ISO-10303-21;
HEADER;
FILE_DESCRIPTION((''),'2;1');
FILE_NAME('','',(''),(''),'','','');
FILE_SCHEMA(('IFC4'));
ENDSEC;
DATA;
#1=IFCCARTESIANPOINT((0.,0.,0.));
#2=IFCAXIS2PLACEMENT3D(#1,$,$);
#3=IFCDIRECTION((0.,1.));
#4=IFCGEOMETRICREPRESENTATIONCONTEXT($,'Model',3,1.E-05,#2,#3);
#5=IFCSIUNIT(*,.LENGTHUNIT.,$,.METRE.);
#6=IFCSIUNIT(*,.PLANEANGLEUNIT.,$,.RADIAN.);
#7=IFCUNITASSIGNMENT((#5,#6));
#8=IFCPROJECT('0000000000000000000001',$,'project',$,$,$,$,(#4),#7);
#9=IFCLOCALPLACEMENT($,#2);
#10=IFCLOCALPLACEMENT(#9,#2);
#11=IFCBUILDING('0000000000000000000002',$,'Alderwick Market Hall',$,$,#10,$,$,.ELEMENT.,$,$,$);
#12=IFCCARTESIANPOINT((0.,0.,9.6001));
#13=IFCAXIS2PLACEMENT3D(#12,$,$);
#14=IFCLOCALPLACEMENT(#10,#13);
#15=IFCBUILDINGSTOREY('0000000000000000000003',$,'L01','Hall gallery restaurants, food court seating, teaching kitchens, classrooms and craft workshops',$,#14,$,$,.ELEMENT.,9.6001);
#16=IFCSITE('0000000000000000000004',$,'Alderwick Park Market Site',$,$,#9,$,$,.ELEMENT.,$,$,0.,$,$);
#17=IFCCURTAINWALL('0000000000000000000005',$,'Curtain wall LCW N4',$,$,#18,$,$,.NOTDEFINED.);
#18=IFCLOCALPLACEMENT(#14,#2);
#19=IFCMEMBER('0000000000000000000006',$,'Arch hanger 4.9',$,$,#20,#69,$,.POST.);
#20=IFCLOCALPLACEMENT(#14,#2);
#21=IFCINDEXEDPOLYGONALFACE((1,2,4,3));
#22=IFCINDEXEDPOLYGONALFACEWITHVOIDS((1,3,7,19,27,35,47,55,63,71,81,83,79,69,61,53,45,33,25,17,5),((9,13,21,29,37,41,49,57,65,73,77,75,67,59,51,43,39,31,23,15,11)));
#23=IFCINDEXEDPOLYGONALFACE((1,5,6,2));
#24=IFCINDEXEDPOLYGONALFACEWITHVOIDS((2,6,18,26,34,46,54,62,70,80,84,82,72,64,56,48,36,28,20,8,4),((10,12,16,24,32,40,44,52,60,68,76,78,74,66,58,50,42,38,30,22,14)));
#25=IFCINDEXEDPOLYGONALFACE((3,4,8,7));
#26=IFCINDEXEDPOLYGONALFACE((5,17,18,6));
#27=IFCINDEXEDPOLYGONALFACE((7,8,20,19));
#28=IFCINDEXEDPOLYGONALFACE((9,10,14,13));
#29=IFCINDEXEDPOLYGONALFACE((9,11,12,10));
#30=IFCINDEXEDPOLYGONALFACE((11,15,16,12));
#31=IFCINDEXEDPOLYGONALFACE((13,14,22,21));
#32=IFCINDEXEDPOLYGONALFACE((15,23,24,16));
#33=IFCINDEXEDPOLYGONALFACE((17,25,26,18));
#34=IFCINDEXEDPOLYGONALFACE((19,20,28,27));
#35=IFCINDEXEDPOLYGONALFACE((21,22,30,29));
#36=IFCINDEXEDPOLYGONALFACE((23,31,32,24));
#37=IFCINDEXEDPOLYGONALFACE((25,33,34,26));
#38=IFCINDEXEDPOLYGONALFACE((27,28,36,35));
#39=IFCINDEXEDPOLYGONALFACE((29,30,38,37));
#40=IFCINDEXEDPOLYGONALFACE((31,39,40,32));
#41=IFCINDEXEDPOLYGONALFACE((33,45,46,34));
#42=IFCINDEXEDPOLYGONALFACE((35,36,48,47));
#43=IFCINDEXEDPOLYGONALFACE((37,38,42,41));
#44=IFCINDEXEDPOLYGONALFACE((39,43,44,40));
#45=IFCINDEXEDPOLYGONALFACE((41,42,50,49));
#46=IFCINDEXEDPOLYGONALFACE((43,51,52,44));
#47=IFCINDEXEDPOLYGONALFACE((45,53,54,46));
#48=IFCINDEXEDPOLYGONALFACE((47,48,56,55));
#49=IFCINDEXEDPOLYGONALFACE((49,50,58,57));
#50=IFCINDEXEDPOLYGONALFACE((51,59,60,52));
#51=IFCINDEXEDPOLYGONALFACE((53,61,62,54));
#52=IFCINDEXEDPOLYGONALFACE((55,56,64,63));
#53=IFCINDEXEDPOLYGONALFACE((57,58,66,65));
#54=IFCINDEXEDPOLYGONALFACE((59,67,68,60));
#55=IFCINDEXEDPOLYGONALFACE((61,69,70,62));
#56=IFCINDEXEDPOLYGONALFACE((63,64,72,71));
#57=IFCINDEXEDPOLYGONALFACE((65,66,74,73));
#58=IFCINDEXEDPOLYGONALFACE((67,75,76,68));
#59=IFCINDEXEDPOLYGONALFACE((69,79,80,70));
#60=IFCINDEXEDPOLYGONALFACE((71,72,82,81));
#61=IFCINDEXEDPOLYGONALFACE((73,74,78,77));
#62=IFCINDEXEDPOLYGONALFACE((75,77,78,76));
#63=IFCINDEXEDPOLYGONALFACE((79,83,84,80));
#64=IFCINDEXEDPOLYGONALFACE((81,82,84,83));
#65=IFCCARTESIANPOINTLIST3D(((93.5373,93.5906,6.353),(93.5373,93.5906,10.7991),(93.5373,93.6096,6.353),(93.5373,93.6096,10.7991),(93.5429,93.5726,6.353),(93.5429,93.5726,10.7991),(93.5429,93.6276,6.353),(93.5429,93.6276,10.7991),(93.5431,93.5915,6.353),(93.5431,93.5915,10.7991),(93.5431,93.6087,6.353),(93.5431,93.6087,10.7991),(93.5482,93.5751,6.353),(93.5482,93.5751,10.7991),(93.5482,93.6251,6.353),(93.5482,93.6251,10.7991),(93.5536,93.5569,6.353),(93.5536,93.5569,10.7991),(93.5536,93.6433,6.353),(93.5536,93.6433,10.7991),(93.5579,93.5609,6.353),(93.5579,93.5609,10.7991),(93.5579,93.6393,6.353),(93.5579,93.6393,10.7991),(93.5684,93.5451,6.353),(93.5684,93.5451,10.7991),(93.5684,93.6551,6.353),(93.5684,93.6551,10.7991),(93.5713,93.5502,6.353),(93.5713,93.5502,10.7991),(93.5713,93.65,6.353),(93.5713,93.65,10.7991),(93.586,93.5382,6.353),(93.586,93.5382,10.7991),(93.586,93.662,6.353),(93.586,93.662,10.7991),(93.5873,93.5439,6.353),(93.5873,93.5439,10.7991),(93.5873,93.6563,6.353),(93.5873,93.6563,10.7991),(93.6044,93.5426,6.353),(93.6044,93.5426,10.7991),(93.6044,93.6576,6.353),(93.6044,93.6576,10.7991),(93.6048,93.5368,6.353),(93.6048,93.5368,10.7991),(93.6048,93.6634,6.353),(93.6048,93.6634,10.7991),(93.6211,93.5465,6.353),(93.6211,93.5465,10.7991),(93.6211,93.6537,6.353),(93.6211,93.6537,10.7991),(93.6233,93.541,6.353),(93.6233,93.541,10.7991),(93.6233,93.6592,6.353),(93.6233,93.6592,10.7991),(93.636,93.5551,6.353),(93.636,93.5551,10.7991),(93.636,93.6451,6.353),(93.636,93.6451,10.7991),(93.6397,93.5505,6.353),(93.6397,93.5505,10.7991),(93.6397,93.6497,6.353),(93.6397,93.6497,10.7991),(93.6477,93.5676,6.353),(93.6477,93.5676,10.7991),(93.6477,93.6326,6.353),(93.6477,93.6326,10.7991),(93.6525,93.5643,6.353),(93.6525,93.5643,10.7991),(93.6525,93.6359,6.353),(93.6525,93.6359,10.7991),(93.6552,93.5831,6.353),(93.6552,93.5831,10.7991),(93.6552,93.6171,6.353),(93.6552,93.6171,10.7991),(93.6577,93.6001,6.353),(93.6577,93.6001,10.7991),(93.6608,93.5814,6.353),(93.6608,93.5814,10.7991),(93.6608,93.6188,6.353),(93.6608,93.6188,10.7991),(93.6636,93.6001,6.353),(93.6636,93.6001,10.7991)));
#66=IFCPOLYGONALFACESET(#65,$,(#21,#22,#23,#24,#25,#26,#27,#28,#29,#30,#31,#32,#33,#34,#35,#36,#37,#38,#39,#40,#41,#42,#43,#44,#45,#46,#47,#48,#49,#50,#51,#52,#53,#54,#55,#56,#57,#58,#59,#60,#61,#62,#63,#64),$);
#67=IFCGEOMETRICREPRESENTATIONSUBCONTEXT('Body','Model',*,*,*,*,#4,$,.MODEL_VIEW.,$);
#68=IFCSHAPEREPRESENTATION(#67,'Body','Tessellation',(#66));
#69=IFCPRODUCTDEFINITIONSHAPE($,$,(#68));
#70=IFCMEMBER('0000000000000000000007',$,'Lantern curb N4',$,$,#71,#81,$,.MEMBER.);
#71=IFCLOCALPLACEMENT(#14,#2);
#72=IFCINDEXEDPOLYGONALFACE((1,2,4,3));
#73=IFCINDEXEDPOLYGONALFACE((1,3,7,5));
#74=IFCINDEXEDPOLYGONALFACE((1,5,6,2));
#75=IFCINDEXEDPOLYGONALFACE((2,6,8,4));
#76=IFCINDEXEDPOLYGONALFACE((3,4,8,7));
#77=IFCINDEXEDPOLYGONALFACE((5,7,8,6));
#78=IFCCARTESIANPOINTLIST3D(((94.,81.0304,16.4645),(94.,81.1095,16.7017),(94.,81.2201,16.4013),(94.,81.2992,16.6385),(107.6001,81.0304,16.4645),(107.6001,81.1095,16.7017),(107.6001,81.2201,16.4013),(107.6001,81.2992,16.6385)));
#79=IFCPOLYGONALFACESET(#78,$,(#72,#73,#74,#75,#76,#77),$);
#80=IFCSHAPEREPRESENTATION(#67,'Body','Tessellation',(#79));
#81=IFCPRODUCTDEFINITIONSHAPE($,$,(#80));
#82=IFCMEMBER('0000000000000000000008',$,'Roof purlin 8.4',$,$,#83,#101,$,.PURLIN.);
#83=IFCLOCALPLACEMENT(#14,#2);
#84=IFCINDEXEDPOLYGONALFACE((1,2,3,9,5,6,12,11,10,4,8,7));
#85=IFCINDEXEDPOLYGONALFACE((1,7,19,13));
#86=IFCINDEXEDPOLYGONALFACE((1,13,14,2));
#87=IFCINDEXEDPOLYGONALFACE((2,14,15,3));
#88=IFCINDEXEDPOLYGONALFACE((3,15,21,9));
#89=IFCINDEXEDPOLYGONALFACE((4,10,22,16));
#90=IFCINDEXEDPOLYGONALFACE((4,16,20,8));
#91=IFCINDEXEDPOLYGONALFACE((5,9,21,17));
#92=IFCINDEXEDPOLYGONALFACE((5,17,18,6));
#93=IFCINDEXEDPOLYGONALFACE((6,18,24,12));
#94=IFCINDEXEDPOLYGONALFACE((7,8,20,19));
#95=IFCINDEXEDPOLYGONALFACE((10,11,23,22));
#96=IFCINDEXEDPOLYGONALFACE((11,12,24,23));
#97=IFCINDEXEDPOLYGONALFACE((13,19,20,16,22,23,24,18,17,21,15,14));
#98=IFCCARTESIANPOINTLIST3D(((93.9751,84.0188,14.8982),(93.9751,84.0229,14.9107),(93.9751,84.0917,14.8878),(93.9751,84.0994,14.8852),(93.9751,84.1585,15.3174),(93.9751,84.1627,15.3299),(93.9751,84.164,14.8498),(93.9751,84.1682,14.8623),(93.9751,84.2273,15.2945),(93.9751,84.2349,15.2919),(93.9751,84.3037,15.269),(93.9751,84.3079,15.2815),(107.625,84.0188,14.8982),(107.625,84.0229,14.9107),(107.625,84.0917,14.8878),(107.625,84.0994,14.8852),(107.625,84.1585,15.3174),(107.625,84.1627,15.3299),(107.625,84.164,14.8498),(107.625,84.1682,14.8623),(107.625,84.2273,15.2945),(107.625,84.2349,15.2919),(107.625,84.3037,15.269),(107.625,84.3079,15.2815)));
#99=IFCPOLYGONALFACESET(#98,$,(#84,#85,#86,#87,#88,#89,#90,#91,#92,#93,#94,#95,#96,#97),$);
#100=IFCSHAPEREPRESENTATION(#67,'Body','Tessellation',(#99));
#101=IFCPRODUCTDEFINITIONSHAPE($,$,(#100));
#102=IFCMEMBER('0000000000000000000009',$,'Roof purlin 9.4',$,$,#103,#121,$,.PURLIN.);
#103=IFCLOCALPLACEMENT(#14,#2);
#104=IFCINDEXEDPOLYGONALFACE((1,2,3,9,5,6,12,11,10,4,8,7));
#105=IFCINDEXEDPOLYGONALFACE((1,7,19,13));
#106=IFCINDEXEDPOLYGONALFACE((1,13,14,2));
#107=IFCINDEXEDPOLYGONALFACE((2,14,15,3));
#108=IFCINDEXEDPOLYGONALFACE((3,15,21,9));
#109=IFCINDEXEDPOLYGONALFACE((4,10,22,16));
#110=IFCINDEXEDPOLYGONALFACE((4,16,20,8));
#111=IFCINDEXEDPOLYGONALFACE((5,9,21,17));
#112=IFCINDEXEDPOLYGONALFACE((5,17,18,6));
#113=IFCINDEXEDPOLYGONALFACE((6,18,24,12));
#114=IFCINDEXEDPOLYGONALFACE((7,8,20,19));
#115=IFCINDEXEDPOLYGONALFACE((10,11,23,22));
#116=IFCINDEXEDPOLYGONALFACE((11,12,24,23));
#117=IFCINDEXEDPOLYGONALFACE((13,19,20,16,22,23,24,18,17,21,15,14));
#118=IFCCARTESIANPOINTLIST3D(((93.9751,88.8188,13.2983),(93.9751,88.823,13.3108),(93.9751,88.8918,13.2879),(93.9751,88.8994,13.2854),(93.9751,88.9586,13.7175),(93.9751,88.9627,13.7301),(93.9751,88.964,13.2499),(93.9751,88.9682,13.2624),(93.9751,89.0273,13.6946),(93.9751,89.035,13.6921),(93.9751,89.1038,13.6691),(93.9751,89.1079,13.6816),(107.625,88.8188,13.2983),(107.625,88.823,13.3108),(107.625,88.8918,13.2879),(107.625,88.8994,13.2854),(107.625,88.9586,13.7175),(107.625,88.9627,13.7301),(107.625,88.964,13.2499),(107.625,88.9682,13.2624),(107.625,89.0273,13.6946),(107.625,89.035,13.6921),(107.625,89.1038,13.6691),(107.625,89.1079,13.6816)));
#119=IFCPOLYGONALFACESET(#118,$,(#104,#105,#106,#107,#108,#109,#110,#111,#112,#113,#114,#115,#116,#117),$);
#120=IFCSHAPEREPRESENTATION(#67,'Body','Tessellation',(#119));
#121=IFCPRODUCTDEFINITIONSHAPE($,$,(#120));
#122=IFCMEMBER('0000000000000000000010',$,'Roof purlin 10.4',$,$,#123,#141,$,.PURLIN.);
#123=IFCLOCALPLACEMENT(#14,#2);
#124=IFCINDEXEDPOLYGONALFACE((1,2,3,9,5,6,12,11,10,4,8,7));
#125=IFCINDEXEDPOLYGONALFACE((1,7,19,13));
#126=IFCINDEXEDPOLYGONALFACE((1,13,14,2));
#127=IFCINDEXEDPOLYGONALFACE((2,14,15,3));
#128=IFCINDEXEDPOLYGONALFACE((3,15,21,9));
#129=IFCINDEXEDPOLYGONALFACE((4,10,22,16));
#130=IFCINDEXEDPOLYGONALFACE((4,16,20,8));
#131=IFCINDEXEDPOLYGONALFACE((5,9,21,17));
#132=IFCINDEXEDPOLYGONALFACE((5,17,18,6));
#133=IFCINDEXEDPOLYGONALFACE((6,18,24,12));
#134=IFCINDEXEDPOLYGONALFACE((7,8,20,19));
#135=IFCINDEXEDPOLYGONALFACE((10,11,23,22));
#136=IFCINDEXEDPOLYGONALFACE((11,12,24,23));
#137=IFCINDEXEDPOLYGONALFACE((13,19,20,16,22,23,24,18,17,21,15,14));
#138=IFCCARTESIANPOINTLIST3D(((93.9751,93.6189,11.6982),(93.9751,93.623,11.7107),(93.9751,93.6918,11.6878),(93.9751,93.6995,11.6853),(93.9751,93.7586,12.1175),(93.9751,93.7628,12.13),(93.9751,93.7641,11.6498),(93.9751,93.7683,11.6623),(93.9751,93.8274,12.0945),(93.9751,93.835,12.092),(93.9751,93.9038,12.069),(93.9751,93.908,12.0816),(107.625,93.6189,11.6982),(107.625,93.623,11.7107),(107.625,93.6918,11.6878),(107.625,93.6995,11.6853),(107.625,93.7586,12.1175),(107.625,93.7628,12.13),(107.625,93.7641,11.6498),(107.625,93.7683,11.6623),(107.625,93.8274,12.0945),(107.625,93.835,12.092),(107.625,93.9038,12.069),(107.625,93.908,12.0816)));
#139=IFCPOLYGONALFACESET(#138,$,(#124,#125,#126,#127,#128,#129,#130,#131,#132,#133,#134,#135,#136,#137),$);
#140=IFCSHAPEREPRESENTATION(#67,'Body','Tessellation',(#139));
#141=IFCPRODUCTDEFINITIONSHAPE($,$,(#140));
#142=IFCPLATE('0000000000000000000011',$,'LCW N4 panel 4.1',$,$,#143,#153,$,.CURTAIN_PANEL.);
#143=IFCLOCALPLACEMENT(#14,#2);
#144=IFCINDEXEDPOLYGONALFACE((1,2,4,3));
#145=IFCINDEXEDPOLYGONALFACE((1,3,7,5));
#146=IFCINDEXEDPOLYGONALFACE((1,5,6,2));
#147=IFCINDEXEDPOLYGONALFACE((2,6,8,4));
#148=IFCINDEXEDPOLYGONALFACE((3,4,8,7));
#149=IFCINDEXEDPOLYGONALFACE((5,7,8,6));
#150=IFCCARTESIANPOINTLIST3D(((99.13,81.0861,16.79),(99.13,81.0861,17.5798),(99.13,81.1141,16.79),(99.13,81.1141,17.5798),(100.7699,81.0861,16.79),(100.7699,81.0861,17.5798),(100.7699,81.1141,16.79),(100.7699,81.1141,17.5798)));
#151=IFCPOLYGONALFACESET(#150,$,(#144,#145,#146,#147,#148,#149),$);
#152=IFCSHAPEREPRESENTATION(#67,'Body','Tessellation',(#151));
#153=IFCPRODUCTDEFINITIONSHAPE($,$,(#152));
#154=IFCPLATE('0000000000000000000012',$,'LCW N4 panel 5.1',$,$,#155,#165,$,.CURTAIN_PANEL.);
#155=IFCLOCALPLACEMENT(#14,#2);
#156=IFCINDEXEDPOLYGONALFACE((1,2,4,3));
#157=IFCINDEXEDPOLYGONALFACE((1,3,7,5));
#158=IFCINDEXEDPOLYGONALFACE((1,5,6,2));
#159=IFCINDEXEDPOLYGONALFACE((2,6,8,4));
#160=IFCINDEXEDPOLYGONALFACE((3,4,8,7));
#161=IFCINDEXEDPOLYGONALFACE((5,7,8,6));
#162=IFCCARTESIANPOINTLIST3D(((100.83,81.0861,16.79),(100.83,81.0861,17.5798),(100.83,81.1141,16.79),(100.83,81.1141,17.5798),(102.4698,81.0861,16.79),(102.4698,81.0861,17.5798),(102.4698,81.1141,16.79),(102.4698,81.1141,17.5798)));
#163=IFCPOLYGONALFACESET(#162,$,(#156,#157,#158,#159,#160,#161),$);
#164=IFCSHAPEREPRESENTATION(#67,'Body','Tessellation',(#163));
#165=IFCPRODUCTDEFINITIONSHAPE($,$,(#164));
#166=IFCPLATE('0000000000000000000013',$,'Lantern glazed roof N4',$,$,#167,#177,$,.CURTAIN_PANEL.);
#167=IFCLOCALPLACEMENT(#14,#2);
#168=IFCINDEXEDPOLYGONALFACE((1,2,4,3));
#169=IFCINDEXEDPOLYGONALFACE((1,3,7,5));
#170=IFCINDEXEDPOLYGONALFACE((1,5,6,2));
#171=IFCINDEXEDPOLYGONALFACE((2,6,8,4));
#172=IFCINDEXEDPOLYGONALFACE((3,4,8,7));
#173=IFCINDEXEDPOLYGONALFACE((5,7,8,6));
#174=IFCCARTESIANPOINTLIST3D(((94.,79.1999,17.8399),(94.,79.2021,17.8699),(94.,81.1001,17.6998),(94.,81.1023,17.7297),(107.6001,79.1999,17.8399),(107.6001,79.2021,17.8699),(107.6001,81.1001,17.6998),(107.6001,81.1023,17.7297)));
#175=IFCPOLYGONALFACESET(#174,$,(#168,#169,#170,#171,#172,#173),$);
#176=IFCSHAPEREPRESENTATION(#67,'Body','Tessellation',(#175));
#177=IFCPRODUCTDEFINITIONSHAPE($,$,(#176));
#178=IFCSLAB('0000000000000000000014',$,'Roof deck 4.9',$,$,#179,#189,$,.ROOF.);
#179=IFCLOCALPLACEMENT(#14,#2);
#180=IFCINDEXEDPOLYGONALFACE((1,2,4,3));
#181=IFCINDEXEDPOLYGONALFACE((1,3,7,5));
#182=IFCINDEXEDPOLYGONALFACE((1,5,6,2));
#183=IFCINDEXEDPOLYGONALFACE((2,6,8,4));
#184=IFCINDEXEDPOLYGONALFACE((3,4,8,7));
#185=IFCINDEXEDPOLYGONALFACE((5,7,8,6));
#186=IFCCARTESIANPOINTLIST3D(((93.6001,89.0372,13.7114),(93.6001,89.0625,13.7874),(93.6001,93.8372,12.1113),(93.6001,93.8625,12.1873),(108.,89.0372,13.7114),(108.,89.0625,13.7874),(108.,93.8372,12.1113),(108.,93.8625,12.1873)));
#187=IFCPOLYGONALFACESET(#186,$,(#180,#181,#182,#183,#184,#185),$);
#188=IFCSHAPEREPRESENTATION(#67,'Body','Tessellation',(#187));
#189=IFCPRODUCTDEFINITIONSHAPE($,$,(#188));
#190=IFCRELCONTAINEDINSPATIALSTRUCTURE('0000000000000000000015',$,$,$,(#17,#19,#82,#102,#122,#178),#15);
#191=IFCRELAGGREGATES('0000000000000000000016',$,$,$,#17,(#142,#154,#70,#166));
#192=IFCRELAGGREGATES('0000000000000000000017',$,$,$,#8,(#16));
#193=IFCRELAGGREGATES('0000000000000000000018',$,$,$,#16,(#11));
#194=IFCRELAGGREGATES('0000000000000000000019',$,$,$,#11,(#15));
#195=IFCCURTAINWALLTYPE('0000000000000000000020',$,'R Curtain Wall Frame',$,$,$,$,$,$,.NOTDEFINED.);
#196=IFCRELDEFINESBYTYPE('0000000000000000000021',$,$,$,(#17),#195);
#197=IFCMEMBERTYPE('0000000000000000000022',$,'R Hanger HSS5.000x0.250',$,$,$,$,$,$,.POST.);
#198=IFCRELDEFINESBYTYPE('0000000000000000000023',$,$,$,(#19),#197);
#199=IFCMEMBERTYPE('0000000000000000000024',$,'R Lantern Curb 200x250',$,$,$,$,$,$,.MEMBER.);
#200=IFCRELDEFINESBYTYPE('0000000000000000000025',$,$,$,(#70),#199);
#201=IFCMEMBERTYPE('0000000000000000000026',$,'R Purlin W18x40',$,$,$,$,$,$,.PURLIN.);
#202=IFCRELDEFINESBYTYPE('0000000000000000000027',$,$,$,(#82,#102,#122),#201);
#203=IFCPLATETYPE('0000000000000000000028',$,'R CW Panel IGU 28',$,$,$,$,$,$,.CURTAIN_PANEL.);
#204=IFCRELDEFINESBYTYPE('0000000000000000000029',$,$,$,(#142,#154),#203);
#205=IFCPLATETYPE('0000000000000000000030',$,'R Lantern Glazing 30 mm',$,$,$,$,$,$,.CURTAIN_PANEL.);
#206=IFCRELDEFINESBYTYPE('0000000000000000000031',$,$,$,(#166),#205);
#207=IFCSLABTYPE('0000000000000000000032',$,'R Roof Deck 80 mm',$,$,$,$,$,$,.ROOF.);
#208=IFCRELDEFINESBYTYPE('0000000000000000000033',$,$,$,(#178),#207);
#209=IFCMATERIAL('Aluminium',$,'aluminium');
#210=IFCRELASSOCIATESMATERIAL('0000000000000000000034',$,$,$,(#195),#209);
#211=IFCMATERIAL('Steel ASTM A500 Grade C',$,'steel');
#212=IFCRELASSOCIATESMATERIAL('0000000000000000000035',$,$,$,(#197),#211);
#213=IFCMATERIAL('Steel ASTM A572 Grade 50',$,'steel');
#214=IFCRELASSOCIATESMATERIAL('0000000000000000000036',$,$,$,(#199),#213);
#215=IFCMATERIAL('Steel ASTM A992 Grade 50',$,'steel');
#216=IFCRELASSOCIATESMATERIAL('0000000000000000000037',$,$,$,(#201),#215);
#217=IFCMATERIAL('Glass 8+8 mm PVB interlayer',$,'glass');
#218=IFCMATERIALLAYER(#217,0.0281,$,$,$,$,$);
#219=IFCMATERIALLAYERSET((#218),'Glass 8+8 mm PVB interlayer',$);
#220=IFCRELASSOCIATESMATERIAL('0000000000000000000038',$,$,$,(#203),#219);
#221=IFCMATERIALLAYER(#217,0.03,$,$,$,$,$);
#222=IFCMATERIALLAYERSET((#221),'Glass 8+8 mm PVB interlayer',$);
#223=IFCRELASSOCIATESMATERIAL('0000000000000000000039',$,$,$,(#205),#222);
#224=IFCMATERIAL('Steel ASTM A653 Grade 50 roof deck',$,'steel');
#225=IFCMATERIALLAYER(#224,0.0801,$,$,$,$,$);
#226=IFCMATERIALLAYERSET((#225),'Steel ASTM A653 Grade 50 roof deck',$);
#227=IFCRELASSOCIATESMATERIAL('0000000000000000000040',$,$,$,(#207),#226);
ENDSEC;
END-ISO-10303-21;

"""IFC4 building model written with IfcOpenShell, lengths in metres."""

from ifc_helpers import new_model, si_unit, direction, frame, origin, origin_2d, place, context, subcontext, project, spatial, polyline, rectangle, hollow_circle, i_section, outline, extrude, material, layer, layer_set, material_profile, profile_set, type_object, element, aggregate, save


model = new_model("IFC4")

# Units and contexts
model_context = context("Model", 3, precision=1e-05, world=origin(), true_north=direction((0.0, 1.0)))
body_context = subcontext(model_context, "Body", "Model", "MODEL_VIEW")
ifc_project = project(units=[si_unit("LENGTHUNIT", "METRE"), si_unit("PLANEANGLEUNIT", "RADIAN")], contexts=[model_context])

# Site, building, storey
site_placement = place(None, origin())
site = spatial("IfcSite", under=ifc_project, at=site_placement, Name="Alderwick Park Market Site", CompositionType="ELEMENT", RefElevation=0.0)
building_placement = place(site_placement, origin())
building = spatial("IfcBuilding", under=site, at=building_placement, Name="Alderwick Market Hall", CompositionType="ELEMENT")
storey_placement = place(building_placement, frame((0.0, 0.0, 9.6001)))
storey = spatial("IfcBuildingStorey", under=building, at=storey_placement, Name="L01", Description="Hall gallery restaurants, food court seating, teaching kitchens, classrooms and craft workshops", CompositionType="ELEMENT", Elevation=9.6001)

# Curtain wall
ifc_material_1 = material(Name="Aluminium", Category="aluminium")
curtain_wall_type = type_object("IfcCurtainWallType", Name="R Curtain Wall Frame", PredefinedType="NOTDEFINED", material=ifc_material_1)
curtain_wall_placement = place(storey_placement, origin())
curtain_wall = element("IfcCurtainWall", 1, at=curtain_wall_placement, inside=storey, type_object=curtain_wall_type, Name="Curtain wall LCW N4", PredefinedType="NOTDEFINED")

# Member
ifc_material_2 = material(Name="Steel ASTM A500 Grade C", Category="steel")
ifc_material_profile_1 = material_profile(ifc_material_2, hollow_circle(Radius=0.0635, WallThickness=0.0059, at=origin_2d()), Name="HSS5.000x0.250")
ifc_profile_set_1 = profile_set([ifc_material_profile_1], Name="Steel ASTM A500 Grade C")
member_type_1 = type_object("IfcMemberType", Name="R Hanger HSS5.000x0.250", PredefinedType="POST", material=ifc_profile_set_1)
member_1_placement = place(storey_placement, frame((93.6001, 93.6001, 6.353), z_axis=(0.0, 0.0, 1.0), x_axis=(1.0, 0.0, 0.0)))
element("IfcMember", 2, at=member_1_placement, inside=storey, type_object=member_type_1, Name="Arch hanger 4.9", PredefinedType="POST", context=body_context, shape_type="SweptSolid", body=[
    extrude(hollow_circle(Radius=0.0635, WallThickness=0.0059, at=origin_2d()), origin(), (0.0, 0.0, 1.0), 4.446),
])

# Member
ifc_material_3 = material(Name="Steel ASTM A572 Grade 50", Category="steel")
ifc_material_profile_2 = material_profile(ifc_material_3, rectangle(XDim=0.2, YDim=0.25, at=origin_2d()), Name="Steel plate curb 200x250")
ifc_profile_set_2 = profile_set([ifc_material_profile_2], Name="Steel ASTM A572 Grade 50")
member_type_2 = type_object("IfcMemberType", Name="R Lantern Curb 200x250", PredefinedType="MEMBER", material=ifc_profile_set_2)
member_2_placement = place(storey_placement, frame((94.0, 81.1648, 16.5515), z_axis=(1.0, 0.0, 0.0), x_axis=(0.0, 0.948683, -0.316228)))
member_2 = element("IfcMember", 3, at=member_2_placement, type_object=member_type_2, Name="Lantern curb N4", PredefinedType="MEMBER", context=body_context, shape_type="SweptSolid", body=[
    extrude(rectangle(XDim=0.2, YDim=0.25, at=origin_2d()), origin(), (0.0, 0.0, 1.0), 13.6001),
])

# Members
ifc_material_4 = material(Name="Steel ASTM A992 Grade 50", Category="steel")
ifc_material_profile_3 = material_profile(ifc_material_4, i_section(OverallWidth=0.1531, OverallDepth=0.4551, WebThickness=0.0081, FlangeThickness=0.0132, at=origin_2d()), Name="W18x40")
ifc_profile_set_3 = profile_set([ifc_material_profile_3], Name="Steel ASTM A992 Grade 50")
member_type_3 = type_object("IfcMemberType", Name="R Purlin W18x40", PredefinedType="PURLIN", material=ifc_profile_set_3)
for number, where, z_axis, x_axis, name in (
    (4, (93.9751, 84.1633, 15.0898), (1.0, 0.0, 0.0), (0.0, 0.948683, -0.316228), "Roof purlin 8.4"),
    (5, (93.9751, 88.9634, 13.49), (1.0, 0.0, 0.0), (0.0, 0.948683, -0.316228), "Roof purlin 9.4"),
    (6, (93.9751, 93.7634, 11.8899), (1.0, 0.0, 0.0), (0.0, 0.948683, -0.316228), "Roof purlin 10.4"),
):
    element("IfcMember", number, at=place(storey_placement, frame(where, z_axis=z_axis, x_axis=x_axis)), inside=storey, type_object=member_type_3, Name=name, PredefinedType="PURLIN", context=body_context, shape_type="SweptSolid", body=[
        extrude(i_section(OverallWidth=0.1531, OverallDepth=0.4551, WebThickness=0.0081, FlangeThickness=0.0132, at=origin_2d()), origin(), (0.0, 0.0, 1.0), 13.6499),
    ])

# Plates
ifc_material_5 = material(Name="Glass 8+8 mm PVB interlayer", Category="glass")
ifc_layer_1 = layer(ifc_material_5, 0.0281)
ifc_layer_set_1 = layer_set([ifc_layer_1], Name="Glass 8+8 mm PVB interlayer")
plate_type_1 = type_object("IfcPlateType", Name="R CW Panel IGU 28", PredefinedType="CURTAIN_PANEL", material=ifc_layer_set_1)
plate_1_placement = place(storey_placement, frame((99.95, 81.1001, 16.79), z_axis=(0.0, 0.0, 1.0), x_axis=(1.0, 0.0, 0.0)))
plate_1 = element("IfcPlate", 7, at=plate_1_placement, type_object=plate_type_1, Name="LCW N4 panel 4.1", PredefinedType="CURTAIN_PANEL", context=body_context, shape_type="SweptSolid", body=[
    extrude(rectangle(XDim=1.6399, YDim=0.0281, at=origin_2d()), origin(), (0.0, 0.0, 1.0), 0.7898),
])
plate_2_placement = place(storey_placement, frame((101.6499, 81.1001, 16.79), z_axis=(0.0, 0.0, 1.0), x_axis=(1.0, 0.0, 0.0)))
plate_2 = element("IfcPlate", 8, at=plate_2_placement, type_object=plate_type_1, Name="LCW N4 panel 5.1", PredefinedType="CURTAIN_PANEL", context=body_context, shape_type="SweptSolid", body=[
    extrude(rectangle(XDim=1.6399, YDim=0.0281, at=origin_2d()), origin(), (0.0, 0.0, 1.0), 0.7898),
])
ifc_layer_2 = layer(ifc_material_5, 0.03)
ifc_layer_set_2 = layer_set([ifc_layer_2], Name="Glass 8+8 mm PVB interlayer")
plate_type_2 = type_object("IfcPlateType", Name="R Lantern Glazing 30 mm", PredefinedType="CURTAIN_PANEL", material=ifc_layer_set_2)
plate_3_placement = place(storey_placement, frame((94.0, 81.1023, 17.7297), z_axis=(0.0, 0.073551, 0.997291), x_axis=(1.0, 0.0, 0.0)))
plate_3 = element("IfcPlate", 9, at=plate_3_placement, type_object=plate_type_2, Name="Lantern glazed roof N4", PredefinedType="CURTAIN_PANEL", context=body_context, shape_type="SweptSolid", body=[
    extrude(outline(polyline([(0.0, 0.0), (13.6001, 0.0), (13.6001, -1.9053), (0.0, -1.9053), (0.0, 0.0)])), origin(), (0.0, 0.0, -1.0), 0.03),
])
aggregate(curtain_wall, [plate_1, plate_2, member_2, plate_3])

# Slab
ifc_material_6 = material(Name="Steel ASTM A653 Grade 50 roof deck", Category="steel")
ifc_layer_3 = layer(ifc_material_6, 0.0801)
ifc_layer_set_3 = layer_set([ifc_layer_3], Name="Steel ASTM A653 Grade 50 roof deck")
slab_type = type_object("IfcSlabType", Name="R Roof Deck 80 mm", PredefinedType="ROOF", material=ifc_layer_set_3)
slab_1_placement = place(storey_placement, frame((93.6001, 89.0625, 13.7874), z_axis=(0.0, 0.316242, 0.948678), x_axis=(1.0, 0.0, 0.0)))
element("IfcSlab", 10, at=slab_1_placement, inside=storey, type_object=slab_type, Name="Roof deck 4.9", PredefinedType="ROOF", context=body_context, shape_type="SweptSolid", body=[
    extrude(outline(polyline([(0.0, 0.0), (14.3999, 0.0), (14.3999, 5.0597), (0.0, 5.0597), (0.0, 0.0)])), origin(), (0.0, 0.0, -1.0), 0.0801),
])

save(model, "model.ifc")
